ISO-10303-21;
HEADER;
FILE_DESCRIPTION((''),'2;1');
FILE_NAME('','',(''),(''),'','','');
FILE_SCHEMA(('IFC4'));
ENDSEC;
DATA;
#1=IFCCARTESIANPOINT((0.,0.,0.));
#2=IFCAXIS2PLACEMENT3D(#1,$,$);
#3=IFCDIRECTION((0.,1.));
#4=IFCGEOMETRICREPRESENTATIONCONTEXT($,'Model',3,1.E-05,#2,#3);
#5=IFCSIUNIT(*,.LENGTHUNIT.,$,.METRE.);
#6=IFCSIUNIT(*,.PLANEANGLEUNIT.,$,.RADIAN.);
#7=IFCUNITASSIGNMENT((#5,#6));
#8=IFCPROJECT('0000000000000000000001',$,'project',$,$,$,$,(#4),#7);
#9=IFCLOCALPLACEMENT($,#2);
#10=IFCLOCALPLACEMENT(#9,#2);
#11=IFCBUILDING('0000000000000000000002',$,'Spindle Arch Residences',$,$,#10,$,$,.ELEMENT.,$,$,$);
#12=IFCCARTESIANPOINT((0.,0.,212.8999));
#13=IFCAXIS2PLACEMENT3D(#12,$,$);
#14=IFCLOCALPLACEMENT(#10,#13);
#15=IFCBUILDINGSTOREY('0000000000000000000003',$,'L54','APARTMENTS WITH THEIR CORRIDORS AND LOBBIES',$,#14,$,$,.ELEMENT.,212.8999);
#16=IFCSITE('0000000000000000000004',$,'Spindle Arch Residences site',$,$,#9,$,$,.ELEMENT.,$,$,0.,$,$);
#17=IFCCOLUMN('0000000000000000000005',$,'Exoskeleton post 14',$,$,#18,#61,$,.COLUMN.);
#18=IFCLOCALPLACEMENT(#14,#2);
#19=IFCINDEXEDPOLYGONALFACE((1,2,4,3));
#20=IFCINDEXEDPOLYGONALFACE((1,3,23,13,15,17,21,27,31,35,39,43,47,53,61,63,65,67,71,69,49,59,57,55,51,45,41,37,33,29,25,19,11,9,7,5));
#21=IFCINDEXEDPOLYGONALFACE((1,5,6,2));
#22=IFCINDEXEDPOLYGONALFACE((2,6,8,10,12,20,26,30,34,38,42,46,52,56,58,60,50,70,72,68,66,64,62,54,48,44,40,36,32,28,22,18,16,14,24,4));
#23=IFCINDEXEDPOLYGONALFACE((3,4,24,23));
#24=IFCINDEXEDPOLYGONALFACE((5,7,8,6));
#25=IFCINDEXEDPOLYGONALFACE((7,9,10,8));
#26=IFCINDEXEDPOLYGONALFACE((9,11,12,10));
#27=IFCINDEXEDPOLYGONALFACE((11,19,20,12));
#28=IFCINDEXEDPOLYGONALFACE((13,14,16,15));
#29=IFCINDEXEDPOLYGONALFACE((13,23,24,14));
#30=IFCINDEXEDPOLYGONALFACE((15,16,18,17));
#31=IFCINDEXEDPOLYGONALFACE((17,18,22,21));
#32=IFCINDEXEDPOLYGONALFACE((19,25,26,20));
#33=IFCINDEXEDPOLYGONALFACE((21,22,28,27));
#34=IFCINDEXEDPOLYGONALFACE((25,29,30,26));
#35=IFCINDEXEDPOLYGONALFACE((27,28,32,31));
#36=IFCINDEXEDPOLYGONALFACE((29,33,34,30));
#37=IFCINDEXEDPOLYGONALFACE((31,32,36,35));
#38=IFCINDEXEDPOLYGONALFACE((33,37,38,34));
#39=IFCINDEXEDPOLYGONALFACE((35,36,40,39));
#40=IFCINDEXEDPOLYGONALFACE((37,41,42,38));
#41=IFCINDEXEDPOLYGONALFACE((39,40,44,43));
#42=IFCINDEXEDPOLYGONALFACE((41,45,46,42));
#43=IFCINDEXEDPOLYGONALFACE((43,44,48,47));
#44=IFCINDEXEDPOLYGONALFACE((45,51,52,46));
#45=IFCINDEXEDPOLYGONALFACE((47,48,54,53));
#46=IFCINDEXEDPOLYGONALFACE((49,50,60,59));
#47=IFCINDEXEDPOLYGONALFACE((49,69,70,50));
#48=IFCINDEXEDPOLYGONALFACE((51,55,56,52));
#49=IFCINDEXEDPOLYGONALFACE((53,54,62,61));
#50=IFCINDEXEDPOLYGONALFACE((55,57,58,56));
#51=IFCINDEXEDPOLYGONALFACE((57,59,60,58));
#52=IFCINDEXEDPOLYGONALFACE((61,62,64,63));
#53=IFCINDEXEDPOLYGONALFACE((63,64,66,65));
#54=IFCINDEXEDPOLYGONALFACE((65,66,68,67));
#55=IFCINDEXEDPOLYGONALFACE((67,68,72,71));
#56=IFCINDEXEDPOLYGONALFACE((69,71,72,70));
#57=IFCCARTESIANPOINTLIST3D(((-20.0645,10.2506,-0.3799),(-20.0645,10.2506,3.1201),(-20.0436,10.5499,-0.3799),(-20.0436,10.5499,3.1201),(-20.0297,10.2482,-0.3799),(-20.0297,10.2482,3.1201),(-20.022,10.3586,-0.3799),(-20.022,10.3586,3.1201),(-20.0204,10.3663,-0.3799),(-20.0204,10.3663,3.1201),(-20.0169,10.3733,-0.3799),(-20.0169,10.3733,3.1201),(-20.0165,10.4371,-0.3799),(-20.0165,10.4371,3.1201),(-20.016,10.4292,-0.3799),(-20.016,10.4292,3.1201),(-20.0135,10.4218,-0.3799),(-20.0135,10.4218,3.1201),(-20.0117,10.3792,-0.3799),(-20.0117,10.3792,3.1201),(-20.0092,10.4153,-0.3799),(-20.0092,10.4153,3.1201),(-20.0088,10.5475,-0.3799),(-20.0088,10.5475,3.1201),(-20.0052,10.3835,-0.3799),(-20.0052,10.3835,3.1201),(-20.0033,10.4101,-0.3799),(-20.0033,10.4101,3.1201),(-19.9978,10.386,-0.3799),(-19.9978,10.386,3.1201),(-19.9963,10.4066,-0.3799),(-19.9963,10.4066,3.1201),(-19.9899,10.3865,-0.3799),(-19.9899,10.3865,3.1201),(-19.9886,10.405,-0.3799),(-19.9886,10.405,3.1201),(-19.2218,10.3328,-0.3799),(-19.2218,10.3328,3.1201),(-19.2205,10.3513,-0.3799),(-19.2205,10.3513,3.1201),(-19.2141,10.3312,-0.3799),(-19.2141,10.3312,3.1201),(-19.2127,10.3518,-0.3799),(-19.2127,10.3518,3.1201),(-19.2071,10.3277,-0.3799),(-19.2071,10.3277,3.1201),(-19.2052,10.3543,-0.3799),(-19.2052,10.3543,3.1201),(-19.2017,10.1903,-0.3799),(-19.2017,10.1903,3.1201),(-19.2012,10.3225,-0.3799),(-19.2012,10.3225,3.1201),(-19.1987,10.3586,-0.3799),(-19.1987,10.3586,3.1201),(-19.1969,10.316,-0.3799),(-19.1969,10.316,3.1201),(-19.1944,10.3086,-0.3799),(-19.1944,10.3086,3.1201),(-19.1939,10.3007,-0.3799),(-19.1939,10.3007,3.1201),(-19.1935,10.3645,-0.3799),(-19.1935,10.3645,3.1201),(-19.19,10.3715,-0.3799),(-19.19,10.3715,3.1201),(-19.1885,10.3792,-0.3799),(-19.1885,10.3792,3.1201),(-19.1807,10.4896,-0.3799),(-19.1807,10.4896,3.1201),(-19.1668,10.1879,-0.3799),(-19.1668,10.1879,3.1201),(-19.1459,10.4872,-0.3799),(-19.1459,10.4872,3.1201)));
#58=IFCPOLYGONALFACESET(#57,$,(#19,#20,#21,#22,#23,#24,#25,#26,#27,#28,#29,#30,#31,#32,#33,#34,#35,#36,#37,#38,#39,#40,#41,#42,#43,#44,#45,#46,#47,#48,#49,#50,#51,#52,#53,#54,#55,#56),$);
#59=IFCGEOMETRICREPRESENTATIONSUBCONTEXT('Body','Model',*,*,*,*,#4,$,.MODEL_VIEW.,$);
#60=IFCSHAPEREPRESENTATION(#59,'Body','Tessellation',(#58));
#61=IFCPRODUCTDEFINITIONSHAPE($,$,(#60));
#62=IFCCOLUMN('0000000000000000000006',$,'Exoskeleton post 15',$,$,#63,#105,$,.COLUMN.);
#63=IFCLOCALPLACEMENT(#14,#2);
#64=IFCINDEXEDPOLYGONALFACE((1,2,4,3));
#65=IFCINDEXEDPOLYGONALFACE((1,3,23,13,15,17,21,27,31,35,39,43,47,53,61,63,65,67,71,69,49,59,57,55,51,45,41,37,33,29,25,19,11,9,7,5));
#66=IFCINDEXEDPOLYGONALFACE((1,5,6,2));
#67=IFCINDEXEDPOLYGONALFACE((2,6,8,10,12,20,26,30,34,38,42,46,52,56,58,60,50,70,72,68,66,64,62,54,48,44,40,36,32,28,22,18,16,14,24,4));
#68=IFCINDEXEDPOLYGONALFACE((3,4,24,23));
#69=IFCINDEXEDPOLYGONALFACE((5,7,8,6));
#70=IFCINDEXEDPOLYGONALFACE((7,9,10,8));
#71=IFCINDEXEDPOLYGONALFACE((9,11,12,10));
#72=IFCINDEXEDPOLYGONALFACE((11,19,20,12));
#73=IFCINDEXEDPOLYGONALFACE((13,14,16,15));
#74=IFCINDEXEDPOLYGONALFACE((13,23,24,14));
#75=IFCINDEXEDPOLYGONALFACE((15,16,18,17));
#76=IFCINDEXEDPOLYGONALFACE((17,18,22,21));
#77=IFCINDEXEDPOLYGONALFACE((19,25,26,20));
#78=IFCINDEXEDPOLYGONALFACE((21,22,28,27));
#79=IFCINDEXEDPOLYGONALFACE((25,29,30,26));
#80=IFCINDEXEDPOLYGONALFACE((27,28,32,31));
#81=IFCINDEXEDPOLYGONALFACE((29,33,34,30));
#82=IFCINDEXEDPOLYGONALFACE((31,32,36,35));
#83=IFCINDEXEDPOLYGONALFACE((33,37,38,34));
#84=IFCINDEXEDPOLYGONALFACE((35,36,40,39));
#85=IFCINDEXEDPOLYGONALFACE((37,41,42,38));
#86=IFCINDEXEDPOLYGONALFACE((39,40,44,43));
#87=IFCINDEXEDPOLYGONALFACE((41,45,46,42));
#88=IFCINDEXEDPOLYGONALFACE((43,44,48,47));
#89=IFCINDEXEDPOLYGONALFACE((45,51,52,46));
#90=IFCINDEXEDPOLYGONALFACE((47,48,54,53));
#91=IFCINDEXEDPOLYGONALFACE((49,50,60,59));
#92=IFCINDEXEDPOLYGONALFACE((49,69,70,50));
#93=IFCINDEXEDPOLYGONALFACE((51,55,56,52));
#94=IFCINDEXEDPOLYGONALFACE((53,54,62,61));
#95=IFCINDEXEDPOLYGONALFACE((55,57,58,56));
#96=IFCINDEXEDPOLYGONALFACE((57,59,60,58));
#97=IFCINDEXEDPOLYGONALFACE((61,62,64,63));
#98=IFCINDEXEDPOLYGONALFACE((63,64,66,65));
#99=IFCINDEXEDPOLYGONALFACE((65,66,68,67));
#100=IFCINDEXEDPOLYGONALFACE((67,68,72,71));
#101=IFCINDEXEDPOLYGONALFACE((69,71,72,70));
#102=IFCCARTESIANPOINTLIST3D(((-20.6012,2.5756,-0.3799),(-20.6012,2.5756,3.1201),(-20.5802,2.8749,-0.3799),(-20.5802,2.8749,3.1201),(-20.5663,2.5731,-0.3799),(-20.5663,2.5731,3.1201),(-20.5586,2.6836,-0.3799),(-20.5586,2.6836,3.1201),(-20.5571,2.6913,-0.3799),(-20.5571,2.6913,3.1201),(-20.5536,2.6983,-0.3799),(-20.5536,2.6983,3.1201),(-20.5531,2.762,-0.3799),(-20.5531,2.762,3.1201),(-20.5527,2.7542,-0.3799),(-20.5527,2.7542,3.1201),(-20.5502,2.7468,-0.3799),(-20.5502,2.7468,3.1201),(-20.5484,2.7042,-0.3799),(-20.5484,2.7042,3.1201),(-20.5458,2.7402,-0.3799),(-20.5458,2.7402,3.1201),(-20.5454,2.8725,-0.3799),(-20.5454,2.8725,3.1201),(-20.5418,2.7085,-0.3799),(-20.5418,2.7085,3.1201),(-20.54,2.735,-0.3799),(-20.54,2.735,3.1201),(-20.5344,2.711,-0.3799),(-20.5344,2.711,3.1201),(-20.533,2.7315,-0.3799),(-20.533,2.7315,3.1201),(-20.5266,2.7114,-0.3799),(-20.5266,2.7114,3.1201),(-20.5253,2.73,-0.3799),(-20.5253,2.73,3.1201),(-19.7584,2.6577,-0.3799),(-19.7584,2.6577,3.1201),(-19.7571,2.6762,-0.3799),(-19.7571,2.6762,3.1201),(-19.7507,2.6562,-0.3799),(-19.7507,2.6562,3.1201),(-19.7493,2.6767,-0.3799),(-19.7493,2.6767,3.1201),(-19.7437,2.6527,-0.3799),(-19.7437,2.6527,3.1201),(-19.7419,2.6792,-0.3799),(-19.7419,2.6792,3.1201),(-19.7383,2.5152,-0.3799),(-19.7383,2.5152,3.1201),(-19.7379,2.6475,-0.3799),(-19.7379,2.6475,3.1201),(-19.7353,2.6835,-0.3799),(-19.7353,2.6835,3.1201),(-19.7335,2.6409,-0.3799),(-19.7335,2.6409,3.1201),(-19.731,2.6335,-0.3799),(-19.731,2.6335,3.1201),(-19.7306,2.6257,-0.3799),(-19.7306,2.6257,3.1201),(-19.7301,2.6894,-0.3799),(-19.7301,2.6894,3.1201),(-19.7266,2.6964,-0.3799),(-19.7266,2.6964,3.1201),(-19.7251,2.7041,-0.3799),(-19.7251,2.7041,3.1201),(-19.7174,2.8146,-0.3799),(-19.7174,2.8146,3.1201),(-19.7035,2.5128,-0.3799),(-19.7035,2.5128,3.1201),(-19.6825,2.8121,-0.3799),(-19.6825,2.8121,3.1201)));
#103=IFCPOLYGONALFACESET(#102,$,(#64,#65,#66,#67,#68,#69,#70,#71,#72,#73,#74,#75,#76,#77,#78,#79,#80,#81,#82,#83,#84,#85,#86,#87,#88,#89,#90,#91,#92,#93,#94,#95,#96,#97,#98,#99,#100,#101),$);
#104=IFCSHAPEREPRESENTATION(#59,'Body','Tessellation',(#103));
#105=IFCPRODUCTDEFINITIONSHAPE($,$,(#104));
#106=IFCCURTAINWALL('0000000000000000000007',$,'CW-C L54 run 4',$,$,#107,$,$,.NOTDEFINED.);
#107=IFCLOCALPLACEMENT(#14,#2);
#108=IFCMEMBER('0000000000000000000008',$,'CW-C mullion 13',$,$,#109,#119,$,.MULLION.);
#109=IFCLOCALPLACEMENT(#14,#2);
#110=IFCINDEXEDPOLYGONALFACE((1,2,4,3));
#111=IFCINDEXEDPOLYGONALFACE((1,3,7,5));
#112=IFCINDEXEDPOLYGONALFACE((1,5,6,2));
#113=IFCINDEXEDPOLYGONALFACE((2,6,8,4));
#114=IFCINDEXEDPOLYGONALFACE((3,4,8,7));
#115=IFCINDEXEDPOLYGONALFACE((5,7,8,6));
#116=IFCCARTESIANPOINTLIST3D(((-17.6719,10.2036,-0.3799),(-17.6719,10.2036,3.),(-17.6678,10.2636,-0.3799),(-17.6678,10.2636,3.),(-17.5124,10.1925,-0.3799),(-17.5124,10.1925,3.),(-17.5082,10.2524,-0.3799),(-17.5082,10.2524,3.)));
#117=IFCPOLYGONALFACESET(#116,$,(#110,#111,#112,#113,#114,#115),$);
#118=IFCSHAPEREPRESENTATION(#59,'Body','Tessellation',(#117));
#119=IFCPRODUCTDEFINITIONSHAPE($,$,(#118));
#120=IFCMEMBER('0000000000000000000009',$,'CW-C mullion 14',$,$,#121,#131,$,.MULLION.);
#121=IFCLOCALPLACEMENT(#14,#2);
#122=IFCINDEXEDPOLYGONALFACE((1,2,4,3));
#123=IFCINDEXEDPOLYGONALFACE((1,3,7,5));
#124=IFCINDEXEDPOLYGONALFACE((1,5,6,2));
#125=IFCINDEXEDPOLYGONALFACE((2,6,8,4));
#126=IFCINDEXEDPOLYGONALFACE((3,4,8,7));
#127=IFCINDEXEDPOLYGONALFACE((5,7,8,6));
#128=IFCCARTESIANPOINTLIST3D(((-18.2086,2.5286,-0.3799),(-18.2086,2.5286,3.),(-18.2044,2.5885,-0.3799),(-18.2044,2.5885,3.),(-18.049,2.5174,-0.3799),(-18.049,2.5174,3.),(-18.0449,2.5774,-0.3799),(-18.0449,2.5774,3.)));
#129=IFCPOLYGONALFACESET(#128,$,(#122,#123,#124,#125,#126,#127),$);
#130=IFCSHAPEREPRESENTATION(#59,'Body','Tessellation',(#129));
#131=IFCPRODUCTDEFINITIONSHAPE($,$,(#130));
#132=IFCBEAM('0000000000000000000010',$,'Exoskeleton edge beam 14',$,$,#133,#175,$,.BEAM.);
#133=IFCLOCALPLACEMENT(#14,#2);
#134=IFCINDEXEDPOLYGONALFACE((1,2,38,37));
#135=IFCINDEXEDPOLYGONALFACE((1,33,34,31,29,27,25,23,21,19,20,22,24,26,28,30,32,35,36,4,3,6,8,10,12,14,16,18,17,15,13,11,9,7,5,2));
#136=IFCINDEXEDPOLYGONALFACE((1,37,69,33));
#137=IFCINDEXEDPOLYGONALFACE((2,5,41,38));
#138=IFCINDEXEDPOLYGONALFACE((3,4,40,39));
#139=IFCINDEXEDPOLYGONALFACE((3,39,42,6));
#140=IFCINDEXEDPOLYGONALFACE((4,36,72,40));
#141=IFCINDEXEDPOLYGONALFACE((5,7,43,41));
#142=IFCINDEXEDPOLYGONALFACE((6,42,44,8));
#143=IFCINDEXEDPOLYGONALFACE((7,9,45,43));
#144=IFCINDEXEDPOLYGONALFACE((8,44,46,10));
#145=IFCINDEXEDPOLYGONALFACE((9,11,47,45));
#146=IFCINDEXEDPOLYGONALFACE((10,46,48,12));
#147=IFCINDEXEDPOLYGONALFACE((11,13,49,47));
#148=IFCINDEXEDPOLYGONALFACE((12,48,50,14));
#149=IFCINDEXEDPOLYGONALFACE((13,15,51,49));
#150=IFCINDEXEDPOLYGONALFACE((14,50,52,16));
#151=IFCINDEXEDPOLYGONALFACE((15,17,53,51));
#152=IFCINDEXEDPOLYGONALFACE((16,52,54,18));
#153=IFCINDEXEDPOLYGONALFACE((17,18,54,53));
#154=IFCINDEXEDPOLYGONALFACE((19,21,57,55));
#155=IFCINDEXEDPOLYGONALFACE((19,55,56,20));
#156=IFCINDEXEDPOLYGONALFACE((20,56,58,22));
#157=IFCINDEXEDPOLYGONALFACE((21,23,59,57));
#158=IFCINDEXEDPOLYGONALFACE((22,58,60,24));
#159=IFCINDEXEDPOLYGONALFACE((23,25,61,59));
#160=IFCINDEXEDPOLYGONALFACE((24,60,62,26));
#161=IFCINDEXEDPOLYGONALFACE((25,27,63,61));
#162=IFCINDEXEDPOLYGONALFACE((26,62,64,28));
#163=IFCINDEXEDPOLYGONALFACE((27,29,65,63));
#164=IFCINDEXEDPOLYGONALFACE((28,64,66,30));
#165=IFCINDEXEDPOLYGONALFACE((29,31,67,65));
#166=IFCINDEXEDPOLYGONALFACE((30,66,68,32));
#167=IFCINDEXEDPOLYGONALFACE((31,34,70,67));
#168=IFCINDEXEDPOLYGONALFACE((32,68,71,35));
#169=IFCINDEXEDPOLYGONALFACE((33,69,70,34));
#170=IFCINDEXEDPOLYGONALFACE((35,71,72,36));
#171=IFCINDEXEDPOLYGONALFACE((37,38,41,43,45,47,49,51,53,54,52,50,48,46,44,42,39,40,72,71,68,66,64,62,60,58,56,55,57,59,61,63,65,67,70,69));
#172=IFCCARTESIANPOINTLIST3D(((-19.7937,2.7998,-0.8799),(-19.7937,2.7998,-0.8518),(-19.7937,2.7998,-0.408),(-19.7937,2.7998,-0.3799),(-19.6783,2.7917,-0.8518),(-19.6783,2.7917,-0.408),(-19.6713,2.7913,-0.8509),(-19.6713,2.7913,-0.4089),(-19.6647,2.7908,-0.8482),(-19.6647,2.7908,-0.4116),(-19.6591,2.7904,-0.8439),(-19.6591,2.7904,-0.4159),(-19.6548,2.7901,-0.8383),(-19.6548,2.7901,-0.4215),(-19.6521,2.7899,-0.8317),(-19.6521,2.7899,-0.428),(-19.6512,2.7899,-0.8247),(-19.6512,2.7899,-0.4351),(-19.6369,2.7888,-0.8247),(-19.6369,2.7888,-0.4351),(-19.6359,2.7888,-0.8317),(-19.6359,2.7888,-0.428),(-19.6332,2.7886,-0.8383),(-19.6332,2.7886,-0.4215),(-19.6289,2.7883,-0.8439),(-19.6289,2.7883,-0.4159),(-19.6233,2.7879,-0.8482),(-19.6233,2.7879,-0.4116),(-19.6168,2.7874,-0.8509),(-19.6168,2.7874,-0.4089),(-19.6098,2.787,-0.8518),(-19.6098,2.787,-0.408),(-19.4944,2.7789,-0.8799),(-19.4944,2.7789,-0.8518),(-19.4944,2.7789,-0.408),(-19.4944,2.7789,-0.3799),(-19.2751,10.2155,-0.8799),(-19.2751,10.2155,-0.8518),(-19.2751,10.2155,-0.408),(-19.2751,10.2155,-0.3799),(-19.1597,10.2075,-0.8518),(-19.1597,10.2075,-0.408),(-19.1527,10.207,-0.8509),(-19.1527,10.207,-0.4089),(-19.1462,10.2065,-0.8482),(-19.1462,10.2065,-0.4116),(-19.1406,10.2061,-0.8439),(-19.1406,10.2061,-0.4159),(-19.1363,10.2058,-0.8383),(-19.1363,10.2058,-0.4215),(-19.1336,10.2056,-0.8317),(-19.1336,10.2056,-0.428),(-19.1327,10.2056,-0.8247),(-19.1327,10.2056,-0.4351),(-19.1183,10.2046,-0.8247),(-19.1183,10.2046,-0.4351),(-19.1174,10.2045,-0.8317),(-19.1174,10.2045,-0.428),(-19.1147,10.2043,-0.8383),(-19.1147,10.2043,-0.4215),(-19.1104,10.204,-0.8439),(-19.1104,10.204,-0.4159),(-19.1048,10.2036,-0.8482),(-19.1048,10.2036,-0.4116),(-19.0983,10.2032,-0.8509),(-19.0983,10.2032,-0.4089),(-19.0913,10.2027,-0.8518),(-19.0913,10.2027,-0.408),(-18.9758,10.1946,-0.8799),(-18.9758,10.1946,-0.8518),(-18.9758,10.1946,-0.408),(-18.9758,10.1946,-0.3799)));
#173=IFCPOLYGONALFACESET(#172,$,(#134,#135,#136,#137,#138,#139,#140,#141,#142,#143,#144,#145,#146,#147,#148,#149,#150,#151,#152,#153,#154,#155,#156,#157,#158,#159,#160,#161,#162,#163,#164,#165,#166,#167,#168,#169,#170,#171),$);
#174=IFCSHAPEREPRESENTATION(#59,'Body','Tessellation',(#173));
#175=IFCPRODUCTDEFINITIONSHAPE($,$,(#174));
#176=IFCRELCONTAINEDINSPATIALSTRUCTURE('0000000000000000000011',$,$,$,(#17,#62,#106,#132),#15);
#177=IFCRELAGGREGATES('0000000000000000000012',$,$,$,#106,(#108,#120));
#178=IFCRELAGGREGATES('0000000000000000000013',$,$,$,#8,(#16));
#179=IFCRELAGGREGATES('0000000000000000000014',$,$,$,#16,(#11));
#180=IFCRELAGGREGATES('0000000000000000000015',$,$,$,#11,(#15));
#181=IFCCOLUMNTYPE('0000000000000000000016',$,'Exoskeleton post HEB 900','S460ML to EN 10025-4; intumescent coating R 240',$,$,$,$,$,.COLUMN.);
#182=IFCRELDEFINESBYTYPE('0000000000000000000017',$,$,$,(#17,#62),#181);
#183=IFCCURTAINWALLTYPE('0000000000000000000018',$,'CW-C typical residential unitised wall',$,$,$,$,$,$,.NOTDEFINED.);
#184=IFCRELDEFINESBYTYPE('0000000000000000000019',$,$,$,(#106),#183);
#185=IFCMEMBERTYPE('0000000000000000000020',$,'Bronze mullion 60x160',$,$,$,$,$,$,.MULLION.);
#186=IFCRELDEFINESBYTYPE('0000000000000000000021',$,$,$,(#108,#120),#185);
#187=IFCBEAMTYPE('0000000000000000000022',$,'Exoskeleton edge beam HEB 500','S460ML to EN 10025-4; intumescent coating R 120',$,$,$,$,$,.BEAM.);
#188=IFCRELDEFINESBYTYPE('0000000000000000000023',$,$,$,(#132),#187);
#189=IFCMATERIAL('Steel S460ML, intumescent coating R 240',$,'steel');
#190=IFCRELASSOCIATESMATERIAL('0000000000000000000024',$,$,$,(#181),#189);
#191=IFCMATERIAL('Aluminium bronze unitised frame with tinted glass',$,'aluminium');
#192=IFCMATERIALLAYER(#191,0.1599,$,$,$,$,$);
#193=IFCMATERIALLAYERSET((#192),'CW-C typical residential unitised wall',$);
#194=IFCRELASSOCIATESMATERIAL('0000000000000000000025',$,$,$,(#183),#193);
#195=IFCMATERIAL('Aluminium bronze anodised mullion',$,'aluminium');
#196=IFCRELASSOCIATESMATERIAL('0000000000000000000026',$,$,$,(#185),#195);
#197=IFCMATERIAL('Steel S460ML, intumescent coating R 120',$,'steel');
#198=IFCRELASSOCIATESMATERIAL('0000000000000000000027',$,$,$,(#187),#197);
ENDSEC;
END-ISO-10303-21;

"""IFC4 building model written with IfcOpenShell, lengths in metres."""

from ifc_helpers import new_model, si_unit, direction, frame, origin, origin_2d, place, context, subcontext, project, spatial, rectangle, i_section, extrude, material, layer, layer_set, material_profile, profile_set, type_object, element, aggregate, save


model = new_model("IFC4")

# Units and contexts
model_context = context("Model", 3, precision=1e-05, world=origin(), true_north=direction((0.0, 1.0)))
body_context = subcontext(model_context, "Body", "Model", "MODEL_VIEW")
ifc_project = project(units=[si_unit("LENGTHUNIT", "METRE"), si_unit("PLANEANGLEUNIT", "RADIAN")], contexts=[model_context])

# Site, building, storey
site_placement = place(None, origin())
site = spatial("IfcSite", under=ifc_project, at=site_placement, Name="Spindle Arch Residences site", CompositionType="ELEMENT", RefElevation=0.0)
building_placement = place(site_placement, origin())
building = spatial("IfcBuilding", under=site, at=building_placement, Name="Spindle Arch Residences", CompositionType="ELEMENT")
storey_placement = place(building_placement, frame((0.0, 0.0, 212.8999)))
storey = spatial("IfcBuildingStorey", under=building, at=storey_placement, Name="L54", Description="APARTMENTS WITH THEIR CORRIDORS AND LOBBIES", CompositionType="ELEMENT", Elevation=212.8999)

# Columns
ifc_material_1 = material(Name="Steel S460ML, intumescent coating R 240", Category="steel")
ifc_material_profile_1 = material_profile(ifc_material_1, i_section(OverallWidth=0.3, OverallDepth=0.8999, WebThickness=0.0186, FlangeThickness=0.0349, FilletRadius=0.03, at=origin_2d()), Name="HEB 900")
ifc_profile_set_1 = profile_set([ifc_material_profile_1], Name="Steel S460ML, intumescent coating R 240")
column_type = type_object("IfcColumnType", Name="Exoskeleton post HEB 900", Description="S460ML to EN 10025-4; intumescent coating R 240", PredefinedType="COLUMN", material=ifc_profile_set_1)
for number, where, z_axis, x_axis, name in (
    (1, (-19.6052, 10.3689, -0.3799), (0.0, 0.0, 1.0), (0.069756, 0.997564, 0.0), "Exoskeleton post 14"),
    (2, (-20.1418, 2.6938, -0.3799), (0.0, 0.0, 1.0), (0.069756, 0.997564, 0.0), "Exoskeleton post 15"),
):
    element("IfcColumn", number, at=place(storey_placement, frame(where, z_axis=z_axis, x_axis=x_axis)), inside=storey, type_object=column_type, Name=name, PredefinedType="COLUMN", context=body_context, shape_type="SweptSolid", body=[
        extrude(i_section(OverallWidth=0.3, OverallDepth=0.8999, WebThickness=0.0186, FlangeThickness=0.0349, FilletRadius=0.03, at=origin_2d()), origin(), (0.0, 0.0, 1.0), 3.5),
    ])

# Curtain wall, members
ifc_material_2 = material(Name="Aluminium bronze unitised frame with tinted glass", Category="aluminium")
ifc_layer_1 = layer(ifc_material_2, 0.1599)
ifc_layer_set_1 = layer_set([ifc_layer_1], Name="CW-C typical residential unitised wall")
curtain_wall_type = type_object("IfcCurtainWallType", Name="CW-C typical residential unitised wall", PredefinedType="NOTDEFINED", material=ifc_layer_set_1)
curtain_wall_placement = place(storey_placement, origin())
curtain_wall = element("IfcCurtainWall", 3, at=curtain_wall_placement, inside=storey, type_object=curtain_wall_type, Name="CW-C L54 run 4", PredefinedType="NOTDEFINED")
ifc_material_3 = material(Name="Aluminium bronze anodised mullion", Category="aluminium")
ifc_material_profile_2 = material_profile(ifc_material_3, rectangle(XDim=0.1599, YDim=0.0601, at=origin_2d()), Name="MU 60x160")
ifc_profile_set_2 = profile_set([ifc_material_profile_2], Name="Aluminium bronze anodised mullion")
member_type = type_object("IfcMemberType", Name="Bronze mullion 60x160", PredefinedType="MULLION", material=ifc_profile_set_2)
member_1_placement = place(storey_placement, frame((-17.5901, 10.228, -0.3799), z_axis=(0.0, 0.0, 1.0), x_axis=(0.997564, -0.069756, 0.0)))
member_1 = element("IfcMember", 4, at=member_1_placement, type_object=member_type, Name="CW-C mullion 13", PredefinedType="MULLION", context=body_context, shape_type="SweptSolid", body=[
    extrude(rectangle(XDim=0.1599, YDim=0.0601, at=origin_2d()), origin(), (0.0, 0.0, 1.0), 3.3799),
])
member_2_placement = place(storey_placement, frame((-18.1267, 2.553, -0.3799), z_axis=(0.0, 0.0, 1.0), x_axis=(0.997564, -0.069756, 0.0)))
member_2 = element("IfcMember", 5, at=member_2_placement, type_object=member_type, Name="CW-C mullion 14", PredefinedType="MULLION", context=body_context, shape_type="SweptSolid", body=[
    extrude(rectangle(XDim=0.1599, YDim=0.0601, at=origin_2d()), origin(), (0.0, 0.0, 1.0), 3.3799),
])

# Beam
ifc_material_4 = material(Name="Steel S460ML, intumescent coating R 120", Category="steel")
ifc_material_profile_3 = material_profile(ifc_material_4, i_section(OverallWidth=0.3, OverallDepth=0.5, WebThickness=0.0144, FlangeThickness=0.0281, FilletRadius=0.0271, at=origin_2d()), Name="HEB 500")
ifc_profile_set_3 = profile_set([ifc_material_profile_3], Name="Steel S460ML, intumescent coating R 120")
beam_type_1 = type_object("IfcBeamType", Name="Exoskeleton edge beam HEB 500", Description="S460ML to EN 10025-4; intumescent coating R 120", PredefinedType="BEAM", material=ifc_profile_set_3)
beam_1_placement = place(storey_placement, frame((-19.1255, 10.2051, -0.6299), z_axis=(-0.069756, -0.997564, 0.0), x_axis=(0.997564, -0.069756, 0.0)))
element("IfcBeam", 6, at=beam_1_placement, inside=storey, type_object=beam_type_1, Name="Exoskeleton edge beam 14", PredefinedType="BEAM", context=body_context, shape_type="SweptSolid", body=[
    extrude(i_section(OverallWidth=0.3, OverallDepth=0.5, WebThickness=0.0144, FlangeThickness=0.0281, FilletRadius=0.0271, at=origin_2d()), origin(), (0.0, 0.0, 1.0), 7.4338),
])

aggregate(curtain_wall, [member_1, member_2])

save(model, "model.ifc")
